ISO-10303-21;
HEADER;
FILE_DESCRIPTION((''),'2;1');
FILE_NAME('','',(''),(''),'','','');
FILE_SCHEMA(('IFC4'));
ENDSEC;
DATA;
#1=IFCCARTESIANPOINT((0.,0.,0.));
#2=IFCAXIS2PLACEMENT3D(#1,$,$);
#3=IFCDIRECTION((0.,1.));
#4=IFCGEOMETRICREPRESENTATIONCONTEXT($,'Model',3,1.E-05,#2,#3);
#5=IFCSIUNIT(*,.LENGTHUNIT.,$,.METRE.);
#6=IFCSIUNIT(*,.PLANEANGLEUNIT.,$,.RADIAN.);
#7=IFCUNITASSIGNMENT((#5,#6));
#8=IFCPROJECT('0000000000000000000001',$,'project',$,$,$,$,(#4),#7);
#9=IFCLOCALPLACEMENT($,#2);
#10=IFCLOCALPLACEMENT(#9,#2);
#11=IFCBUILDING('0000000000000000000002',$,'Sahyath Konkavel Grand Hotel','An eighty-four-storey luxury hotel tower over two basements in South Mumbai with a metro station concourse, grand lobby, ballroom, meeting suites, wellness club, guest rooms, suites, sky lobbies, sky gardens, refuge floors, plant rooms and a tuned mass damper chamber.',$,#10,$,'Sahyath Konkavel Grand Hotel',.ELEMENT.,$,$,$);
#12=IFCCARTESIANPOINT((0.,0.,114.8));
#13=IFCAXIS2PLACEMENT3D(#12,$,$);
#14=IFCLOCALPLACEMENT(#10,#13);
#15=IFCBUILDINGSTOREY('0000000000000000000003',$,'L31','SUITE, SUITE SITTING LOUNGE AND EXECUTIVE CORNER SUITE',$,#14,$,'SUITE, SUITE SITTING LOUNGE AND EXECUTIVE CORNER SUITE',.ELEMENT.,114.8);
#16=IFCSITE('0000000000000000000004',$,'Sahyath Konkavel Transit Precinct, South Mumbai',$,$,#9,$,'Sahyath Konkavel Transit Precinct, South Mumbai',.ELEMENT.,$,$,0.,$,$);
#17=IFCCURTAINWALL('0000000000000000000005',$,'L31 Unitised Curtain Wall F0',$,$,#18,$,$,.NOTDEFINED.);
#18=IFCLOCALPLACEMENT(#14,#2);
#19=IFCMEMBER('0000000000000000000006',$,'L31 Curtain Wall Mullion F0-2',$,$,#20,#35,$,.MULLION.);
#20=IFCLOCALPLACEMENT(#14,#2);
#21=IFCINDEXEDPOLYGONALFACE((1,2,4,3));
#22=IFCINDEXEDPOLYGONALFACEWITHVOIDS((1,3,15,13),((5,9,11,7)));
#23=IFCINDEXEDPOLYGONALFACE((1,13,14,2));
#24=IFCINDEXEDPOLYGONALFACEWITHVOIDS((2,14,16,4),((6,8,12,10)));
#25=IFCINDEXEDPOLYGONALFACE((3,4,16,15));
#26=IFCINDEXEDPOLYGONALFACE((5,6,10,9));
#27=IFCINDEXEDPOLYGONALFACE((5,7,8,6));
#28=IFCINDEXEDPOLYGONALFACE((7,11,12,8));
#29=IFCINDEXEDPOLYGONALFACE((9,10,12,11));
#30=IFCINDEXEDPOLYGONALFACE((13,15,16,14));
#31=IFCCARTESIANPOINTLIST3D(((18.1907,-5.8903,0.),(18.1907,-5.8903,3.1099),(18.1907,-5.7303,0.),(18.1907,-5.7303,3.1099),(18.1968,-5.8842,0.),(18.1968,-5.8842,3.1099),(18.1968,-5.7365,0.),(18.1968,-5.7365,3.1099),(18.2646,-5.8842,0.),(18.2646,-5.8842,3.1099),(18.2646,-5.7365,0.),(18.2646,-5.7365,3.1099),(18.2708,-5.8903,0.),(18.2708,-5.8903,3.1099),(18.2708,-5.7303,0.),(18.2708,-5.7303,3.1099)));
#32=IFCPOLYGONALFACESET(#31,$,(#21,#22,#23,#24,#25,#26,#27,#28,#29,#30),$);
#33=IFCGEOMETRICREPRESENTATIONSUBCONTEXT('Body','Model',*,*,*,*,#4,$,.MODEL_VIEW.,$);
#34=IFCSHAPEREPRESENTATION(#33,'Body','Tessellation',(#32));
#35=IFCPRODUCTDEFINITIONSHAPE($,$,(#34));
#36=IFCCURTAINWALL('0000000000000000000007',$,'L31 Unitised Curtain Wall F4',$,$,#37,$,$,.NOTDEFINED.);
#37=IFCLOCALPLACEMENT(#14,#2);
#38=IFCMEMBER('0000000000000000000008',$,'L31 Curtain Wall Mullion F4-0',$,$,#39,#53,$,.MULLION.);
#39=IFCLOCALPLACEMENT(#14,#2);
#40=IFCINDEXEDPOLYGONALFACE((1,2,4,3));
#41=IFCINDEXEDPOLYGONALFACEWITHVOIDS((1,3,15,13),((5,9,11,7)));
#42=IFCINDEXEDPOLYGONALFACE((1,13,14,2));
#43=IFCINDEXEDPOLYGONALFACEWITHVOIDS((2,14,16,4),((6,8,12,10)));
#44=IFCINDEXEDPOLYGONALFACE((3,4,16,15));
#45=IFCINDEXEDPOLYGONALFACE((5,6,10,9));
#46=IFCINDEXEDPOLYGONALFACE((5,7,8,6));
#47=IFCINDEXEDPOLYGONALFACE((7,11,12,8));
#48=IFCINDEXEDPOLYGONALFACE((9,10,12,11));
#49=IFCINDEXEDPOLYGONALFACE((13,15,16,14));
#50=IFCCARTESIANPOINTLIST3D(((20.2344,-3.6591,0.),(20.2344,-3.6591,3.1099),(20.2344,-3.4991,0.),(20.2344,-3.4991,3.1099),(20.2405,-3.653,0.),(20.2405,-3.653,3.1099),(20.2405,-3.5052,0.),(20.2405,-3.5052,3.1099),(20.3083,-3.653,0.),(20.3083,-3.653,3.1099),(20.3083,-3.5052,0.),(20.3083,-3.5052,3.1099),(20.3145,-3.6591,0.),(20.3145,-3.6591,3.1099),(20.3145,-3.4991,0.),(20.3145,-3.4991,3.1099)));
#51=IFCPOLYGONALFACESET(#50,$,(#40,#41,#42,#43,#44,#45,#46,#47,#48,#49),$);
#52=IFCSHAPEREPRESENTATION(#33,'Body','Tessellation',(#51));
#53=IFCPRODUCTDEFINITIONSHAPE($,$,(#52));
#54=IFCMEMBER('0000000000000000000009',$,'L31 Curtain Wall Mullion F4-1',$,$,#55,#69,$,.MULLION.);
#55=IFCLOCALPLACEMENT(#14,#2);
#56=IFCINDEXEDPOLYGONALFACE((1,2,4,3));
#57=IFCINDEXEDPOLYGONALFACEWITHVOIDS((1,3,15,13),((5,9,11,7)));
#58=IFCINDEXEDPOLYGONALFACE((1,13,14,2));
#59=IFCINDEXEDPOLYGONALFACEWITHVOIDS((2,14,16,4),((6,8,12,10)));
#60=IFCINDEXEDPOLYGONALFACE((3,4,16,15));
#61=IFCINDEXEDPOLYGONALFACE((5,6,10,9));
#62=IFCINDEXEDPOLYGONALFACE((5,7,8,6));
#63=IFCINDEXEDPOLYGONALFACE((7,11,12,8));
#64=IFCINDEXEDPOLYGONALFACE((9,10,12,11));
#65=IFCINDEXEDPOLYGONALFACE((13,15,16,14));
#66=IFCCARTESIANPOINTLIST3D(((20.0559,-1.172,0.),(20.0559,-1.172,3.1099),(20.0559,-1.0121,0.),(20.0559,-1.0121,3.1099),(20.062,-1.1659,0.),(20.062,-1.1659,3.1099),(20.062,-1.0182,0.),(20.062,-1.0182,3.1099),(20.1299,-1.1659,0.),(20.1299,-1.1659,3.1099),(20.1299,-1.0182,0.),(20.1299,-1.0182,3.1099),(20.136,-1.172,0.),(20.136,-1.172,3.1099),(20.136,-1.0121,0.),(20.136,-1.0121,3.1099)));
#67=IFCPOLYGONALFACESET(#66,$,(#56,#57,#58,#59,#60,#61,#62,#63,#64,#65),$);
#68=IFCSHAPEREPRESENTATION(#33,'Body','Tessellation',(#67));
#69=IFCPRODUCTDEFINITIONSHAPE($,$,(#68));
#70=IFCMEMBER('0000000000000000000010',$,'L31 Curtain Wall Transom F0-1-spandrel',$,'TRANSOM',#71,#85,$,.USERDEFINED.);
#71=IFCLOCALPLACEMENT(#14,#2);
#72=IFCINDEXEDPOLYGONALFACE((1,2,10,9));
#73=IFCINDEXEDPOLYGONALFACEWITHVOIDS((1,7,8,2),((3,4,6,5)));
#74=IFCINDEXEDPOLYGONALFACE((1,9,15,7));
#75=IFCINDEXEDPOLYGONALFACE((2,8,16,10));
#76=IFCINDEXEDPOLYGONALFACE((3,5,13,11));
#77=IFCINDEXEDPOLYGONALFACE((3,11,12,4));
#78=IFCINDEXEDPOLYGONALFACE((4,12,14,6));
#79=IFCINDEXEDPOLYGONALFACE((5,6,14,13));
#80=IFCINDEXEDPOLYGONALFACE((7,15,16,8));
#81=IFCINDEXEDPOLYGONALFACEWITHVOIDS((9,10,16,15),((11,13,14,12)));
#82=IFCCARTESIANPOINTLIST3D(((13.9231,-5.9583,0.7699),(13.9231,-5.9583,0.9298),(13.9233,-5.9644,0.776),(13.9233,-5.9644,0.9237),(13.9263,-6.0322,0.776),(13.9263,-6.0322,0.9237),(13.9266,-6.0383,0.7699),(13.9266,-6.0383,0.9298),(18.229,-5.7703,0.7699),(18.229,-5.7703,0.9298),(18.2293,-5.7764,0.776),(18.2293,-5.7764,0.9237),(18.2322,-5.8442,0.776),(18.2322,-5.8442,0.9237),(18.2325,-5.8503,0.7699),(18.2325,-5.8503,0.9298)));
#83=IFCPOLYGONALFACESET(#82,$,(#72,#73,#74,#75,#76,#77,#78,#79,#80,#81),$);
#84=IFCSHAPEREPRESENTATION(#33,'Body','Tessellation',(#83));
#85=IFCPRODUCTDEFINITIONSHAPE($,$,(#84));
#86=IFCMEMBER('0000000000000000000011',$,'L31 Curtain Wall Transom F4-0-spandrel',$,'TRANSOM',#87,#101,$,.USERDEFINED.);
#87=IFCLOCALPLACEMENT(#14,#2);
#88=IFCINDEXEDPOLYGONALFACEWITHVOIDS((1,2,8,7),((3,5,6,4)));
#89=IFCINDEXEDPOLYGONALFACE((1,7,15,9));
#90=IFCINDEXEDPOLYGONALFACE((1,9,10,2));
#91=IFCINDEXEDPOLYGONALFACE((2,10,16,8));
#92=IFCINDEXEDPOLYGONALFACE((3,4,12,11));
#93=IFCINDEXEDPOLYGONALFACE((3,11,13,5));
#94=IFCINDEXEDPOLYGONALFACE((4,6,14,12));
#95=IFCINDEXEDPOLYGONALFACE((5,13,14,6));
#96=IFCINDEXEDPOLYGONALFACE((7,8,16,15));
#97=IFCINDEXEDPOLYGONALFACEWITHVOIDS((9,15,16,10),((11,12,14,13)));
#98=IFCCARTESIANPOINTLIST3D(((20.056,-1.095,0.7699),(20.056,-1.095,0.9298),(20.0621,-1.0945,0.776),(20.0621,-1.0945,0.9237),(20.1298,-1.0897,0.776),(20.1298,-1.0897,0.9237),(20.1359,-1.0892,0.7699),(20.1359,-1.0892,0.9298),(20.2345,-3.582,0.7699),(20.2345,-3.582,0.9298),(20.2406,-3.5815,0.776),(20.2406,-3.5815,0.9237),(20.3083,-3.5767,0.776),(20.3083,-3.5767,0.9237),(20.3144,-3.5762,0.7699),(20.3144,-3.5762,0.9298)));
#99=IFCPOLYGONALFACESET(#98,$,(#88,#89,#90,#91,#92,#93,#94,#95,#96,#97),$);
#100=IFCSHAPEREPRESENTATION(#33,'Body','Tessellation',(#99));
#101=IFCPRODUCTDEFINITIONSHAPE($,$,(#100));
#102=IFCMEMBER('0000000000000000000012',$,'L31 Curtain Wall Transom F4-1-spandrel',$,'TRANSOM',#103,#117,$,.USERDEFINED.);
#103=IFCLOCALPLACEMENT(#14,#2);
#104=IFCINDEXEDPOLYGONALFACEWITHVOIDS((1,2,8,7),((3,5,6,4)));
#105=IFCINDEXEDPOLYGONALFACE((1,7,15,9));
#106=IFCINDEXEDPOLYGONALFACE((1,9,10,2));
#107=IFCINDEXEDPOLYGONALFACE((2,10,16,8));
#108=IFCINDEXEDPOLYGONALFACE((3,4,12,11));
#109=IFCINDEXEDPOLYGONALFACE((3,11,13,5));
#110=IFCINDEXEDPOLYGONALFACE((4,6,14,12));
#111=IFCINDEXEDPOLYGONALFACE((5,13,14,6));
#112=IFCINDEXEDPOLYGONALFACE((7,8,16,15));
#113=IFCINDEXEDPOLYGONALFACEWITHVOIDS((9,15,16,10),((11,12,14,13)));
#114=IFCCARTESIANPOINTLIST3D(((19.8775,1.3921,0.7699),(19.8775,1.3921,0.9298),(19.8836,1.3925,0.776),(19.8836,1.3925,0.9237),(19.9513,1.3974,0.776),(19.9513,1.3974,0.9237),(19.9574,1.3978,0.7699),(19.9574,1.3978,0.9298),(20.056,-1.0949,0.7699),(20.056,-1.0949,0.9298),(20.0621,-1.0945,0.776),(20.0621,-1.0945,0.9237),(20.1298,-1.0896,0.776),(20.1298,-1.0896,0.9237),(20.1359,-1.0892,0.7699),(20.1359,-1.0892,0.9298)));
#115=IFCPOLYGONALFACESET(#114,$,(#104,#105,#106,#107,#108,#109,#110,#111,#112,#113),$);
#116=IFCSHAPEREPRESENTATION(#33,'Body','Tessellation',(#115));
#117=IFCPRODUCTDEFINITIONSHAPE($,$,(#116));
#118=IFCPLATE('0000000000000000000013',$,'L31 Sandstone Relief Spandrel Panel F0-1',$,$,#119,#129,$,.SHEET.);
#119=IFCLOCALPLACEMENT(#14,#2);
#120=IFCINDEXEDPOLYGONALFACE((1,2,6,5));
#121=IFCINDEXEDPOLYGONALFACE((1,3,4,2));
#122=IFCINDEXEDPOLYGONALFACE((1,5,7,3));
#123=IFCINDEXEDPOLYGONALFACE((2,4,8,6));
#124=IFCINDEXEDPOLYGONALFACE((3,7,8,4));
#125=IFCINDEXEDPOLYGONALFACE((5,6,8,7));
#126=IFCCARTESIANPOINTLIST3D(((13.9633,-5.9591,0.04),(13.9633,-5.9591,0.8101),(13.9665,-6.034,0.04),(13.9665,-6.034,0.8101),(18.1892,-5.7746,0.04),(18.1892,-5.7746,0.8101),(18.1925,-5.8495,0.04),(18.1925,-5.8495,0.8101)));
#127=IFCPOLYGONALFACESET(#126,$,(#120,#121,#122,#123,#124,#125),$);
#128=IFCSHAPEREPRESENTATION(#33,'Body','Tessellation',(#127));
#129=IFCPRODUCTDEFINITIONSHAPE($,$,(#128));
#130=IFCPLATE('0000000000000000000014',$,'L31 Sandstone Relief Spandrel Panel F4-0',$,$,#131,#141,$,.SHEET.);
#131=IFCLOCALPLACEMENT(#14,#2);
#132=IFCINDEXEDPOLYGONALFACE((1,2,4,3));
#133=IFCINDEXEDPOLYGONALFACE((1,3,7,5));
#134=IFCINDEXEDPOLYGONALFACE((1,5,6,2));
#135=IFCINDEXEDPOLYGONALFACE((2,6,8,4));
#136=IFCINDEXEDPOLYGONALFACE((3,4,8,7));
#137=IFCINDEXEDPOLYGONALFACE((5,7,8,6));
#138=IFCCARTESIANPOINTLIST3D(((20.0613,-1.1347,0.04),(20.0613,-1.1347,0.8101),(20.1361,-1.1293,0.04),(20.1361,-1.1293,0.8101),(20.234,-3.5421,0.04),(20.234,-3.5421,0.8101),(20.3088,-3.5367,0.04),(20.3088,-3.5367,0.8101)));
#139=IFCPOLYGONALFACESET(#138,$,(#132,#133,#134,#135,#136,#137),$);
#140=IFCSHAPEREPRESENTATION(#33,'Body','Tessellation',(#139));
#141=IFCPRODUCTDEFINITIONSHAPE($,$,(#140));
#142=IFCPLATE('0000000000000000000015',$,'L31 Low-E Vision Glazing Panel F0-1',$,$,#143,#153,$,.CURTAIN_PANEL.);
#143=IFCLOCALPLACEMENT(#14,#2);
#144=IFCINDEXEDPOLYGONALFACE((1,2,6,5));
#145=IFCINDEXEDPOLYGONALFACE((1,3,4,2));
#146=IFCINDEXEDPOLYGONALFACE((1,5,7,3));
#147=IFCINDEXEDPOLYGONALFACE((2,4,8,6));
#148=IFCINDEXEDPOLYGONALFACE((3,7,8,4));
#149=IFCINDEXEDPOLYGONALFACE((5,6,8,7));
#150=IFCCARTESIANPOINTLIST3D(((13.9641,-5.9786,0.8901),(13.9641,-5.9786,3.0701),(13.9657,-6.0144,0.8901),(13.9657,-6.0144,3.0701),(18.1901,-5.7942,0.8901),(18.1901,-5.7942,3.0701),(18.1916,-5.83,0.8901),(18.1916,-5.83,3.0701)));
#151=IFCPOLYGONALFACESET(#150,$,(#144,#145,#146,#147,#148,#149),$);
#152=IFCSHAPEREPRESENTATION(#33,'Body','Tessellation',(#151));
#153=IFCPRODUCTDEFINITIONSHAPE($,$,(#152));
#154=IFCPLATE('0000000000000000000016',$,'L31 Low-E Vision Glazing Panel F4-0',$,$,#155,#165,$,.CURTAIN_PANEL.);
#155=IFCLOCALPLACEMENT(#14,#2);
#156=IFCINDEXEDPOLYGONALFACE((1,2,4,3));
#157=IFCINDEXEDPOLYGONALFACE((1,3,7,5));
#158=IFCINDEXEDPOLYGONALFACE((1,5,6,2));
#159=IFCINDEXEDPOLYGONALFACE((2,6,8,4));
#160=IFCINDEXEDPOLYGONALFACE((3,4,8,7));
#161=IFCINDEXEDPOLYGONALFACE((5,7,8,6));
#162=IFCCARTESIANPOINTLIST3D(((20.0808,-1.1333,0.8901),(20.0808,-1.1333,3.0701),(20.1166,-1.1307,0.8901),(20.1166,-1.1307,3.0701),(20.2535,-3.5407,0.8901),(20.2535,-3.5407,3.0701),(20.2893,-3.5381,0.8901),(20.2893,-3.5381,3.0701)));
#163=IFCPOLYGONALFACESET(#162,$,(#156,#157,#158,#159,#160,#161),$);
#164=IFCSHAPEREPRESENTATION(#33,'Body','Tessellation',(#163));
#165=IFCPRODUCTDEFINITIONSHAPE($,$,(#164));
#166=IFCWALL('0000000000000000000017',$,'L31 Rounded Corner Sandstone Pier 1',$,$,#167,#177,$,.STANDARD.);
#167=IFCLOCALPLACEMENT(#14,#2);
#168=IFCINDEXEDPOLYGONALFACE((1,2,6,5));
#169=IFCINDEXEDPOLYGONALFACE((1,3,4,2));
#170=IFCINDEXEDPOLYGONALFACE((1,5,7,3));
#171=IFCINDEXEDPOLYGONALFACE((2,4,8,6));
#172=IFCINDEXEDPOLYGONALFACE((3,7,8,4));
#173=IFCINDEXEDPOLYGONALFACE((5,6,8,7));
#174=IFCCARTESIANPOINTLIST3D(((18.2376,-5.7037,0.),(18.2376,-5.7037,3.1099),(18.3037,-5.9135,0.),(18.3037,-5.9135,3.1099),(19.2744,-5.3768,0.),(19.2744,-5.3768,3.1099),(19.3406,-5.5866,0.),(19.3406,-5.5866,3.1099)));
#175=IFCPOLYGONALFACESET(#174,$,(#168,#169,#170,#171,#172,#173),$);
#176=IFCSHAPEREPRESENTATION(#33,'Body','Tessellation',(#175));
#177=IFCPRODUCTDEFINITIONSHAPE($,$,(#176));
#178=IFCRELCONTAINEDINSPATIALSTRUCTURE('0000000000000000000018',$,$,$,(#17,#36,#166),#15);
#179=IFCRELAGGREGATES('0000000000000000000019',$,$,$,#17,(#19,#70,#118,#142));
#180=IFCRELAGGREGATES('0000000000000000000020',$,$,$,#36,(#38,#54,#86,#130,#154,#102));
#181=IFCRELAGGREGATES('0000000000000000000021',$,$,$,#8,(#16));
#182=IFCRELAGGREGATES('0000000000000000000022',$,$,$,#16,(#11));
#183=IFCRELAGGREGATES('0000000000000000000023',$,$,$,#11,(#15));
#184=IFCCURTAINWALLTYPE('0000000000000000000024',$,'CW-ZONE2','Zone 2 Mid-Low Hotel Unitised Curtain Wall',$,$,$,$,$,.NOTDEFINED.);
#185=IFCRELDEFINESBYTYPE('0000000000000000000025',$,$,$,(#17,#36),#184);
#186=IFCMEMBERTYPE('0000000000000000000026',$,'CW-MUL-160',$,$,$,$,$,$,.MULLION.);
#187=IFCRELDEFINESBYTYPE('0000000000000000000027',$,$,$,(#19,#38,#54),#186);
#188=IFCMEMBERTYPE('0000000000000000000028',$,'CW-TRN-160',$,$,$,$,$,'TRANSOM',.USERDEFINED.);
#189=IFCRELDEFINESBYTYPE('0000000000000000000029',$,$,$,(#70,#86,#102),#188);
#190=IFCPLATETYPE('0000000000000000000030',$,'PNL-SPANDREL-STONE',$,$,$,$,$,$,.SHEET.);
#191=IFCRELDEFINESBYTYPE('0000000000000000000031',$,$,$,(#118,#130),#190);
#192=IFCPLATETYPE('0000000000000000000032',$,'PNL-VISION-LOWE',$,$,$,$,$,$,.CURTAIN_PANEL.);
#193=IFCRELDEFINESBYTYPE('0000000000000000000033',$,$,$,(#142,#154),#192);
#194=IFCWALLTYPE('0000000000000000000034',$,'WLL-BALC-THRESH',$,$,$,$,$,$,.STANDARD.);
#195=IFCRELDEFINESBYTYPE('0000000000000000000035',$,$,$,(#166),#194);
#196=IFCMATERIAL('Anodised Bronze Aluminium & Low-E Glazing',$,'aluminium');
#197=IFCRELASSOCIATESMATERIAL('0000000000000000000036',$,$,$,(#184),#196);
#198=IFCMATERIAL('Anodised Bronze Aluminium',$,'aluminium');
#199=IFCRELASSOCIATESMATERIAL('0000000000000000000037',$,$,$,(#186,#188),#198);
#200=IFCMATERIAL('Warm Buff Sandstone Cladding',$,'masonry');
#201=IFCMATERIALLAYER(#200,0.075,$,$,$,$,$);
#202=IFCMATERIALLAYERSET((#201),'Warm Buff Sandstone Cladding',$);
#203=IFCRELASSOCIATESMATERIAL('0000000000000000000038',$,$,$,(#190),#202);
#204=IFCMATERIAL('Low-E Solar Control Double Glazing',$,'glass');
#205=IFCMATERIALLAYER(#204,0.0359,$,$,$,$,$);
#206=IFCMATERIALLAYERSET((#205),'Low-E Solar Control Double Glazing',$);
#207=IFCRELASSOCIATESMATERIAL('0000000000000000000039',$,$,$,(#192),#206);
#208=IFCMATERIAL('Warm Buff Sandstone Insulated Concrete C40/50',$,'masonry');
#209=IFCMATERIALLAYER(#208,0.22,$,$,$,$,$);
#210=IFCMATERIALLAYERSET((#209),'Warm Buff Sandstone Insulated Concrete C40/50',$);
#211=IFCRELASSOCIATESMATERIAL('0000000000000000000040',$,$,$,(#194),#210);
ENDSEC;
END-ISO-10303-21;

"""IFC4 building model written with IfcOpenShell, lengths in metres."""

from ifc_helpers import new_model, si_unit, direction, frame, frame_2d, origin, origin_2d, place, context, subcontext, project, spatial, rectangle, hollow_rectangle, extrude, source, transform, mapped, material, layer, layer_set, material_profile, profile_set, type_object, element, aggregate, save


model = new_model("IFC4")

# Units and contexts
model_context = context("Model", 3, precision=1e-05, world=origin(), true_north=direction((0.0, 1.0)))
body_context = subcontext(model_context, "Body", "Model", "MODEL_VIEW")
ifc_project = project(units=[si_unit("LENGTHUNIT", "METRE"), si_unit("PLANEANGLEUNIT", "RADIAN")], contexts=[model_context])

# Site, building, storey
site_placement = place(None, origin())
site = spatial("IfcSite", under=ifc_project, at=site_placement, Name="Sahyath Konkavel Transit Precinct, South Mumbai", LongName="Sahyath Konkavel Transit Precinct, South Mumbai", CompositionType="ELEMENT", RefElevation=0.0)
building_placement = place(site_placement, origin())
building = spatial("IfcBuilding", under=site, at=building_placement, Name="Sahyath Konkavel Grand Hotel", Description="An eighty-four-storey luxury hotel tower over two basements in South Mumbai with a metro station concourse, grand lobby, ballroom, meeting suites, wellness club, guest rooms, suites, sky lobbies, sky gardens, refuge floors, plant rooms and a tuned mass damper chamber.", LongName="Sahyath Konkavel Grand Hotel", CompositionType="ELEMENT")
storey_placement = place(building_placement, frame((0.0, 0.0, 114.8)))
storey = spatial("IfcBuildingStorey", under=building, at=storey_placement, Name="L31", Description="SUITE, SUITE SITTING LOUNGE AND EXECUTIVE CORNER SUITE", LongName="SUITE, SUITE SITTING LOUNGE AND EXECUTIVE CORNER SUITE", CompositionType="ELEMENT", Elevation=114.8)

# Curtain walls, members
ifc_material_1 = material(Name="Anodised Bronze Aluminium & Low-E Glazing", Category="aluminium")
curtain_wall_type = type_object("IfcCurtainWallType", Name="CW-ZONE2", Description="Zone 2 Mid-Low Hotel Unitised Curtain Wall", PredefinedType="NOTDEFINED", material=ifc_material_1)
curtain_wall_1_placement = place(storey_placement, origin())
curtain_wall_1 = element("IfcCurtainWall", 1, at=curtain_wall_1_placement, inside=storey, type_object=curtain_wall_type, Name="L31 Unitised Curtain Wall F0", PredefinedType="NOTDEFINED")
ifc_material_2 = material(Name="Anodised Bronze Aluminium", Category="aluminium")
ifc_material_profile_1 = material_profile(ifc_material_2, hollow_rectangle(XDim=0.0801, YDim=0.1599, WallThickness=0.0061, at=origin_2d()), Name="RHS 160x80x6")
ifc_profile_set_1 = profile_set([ifc_material_profile_1], Name="Anodised Bronze Aluminium")
member_type_1 = type_object("IfcMemberType", Name="CW-MUL-160", PredefinedType="MULLION", material=ifc_profile_set_1)
shared_shape_1 = source(origin(), body_context, "Body", "SweptSolid", [
    extrude(hollow_rectangle(XDim=0.0801, YDim=0.1599, WallThickness=0.0061, at=origin_2d()), origin(), (0.0, 0.0, 1.0), 3.1099),
])
member_1_placement = place(storey_placement, frame((18.2307, -5.8103, 0.0), z_axis=(0.0, 0.0, 1.0), x_axis=(1.0, 0.0, 0.0)))
member_1 = element("IfcMember", 2, at=member_1_placement, type_object=member_type_1, Name="L31 Curtain Wall Mullion F0-2", PredefinedType="MULLION", context=body_context, shape_type="MappedRepresentation", body=[
    mapped(shared_shape_1, transform((0.0, 0.0, 0.0), scale=1.0)),
])
curtain_wall_2_placement = place(storey_placement, origin())
curtain_wall_2 = element("IfcCurtainWall", 3, at=curtain_wall_2_placement, inside=storey, type_object=curtain_wall_type, Name="L31 Unitised Curtain Wall F4", PredefinedType="NOTDEFINED")
member_2_placement = place(storey_placement, frame((20.2744, -3.5791, 0.0), z_axis=(0.0, 0.0, 1.0), x_axis=(1.0, 0.0, 0.0)))
member_2 = element("IfcMember", 4, at=member_2_placement, type_object=member_type_1, Name="L31 Curtain Wall Mullion F4-0", PredefinedType="MULLION", context=body_context, shape_type="MappedRepresentation", body=[
    mapped(shared_shape_1, transform((0.0, 0.0, 0.0), scale=1.0)),
])
member_3_placement = place(storey_placement, frame((20.0959, -1.092, 0.0), z_axis=(0.0, 0.0, 1.0), x_axis=(1.0, 0.0, 0.0)))
member_3 = element("IfcMember", 5, at=member_3_placement, type_object=member_type_1, Name="L31 Curtain Wall Mullion F4-1", PredefinedType="MULLION", context=body_context, shape_type="MappedRepresentation", body=[
    mapped(shared_shape_1, transform((0.0, 0.0, 0.0), scale=1.0)),
])

# Members
ifc_material_profile_2 = material_profile(ifc_material_2, hollow_rectangle(XDim=0.0801, YDim=0.1599, WallThickness=0.0061, at=origin_2d()), Name="RHS 160x80x6")
ifc_profile_set_2 = profile_set([ifc_material_profile_2], Name="Anodised Bronze Aluminium")
member_type_2 = type_object("IfcMemberType", Name="CW-TRN-160", ElementType="TRANSOM", PredefinedType="USERDEFINED", material=ifc_profile_set_2)
shared_shape_2 = source(origin(), body_context, "Body", "SweptSolid", [
    extrude(hollow_rectangle(XDim=0.0801, YDim=0.1599, WallThickness=0.0061, at=origin_2d()), origin(), (0.0, 0.0, 1.0), 4.3101),
])
member_4_placement = place(storey_placement, frame((13.9248, -5.9983, 0.8499), z_axis=(0.999048, 0.043617, 0.0), x_axis=(-0.043617, 0.999048, 0.0)))
member_4 = element("IfcMember", 6, at=member_4_placement, type_object=member_type_2, Name="L31 Curtain Wall Transom F0-1-spandrel", ObjectType="TRANSOM", PredefinedType="USERDEFINED", context=body_context, shape_type="MappedRepresentation", body=[
    mapped(shared_shape_2, transform((0.0, 0.0, 0.0), scale=1.0)),
])
shared_shape_3 = source(origin(), body_context, "Body", "SweptSolid", [
    extrude(hollow_rectangle(XDim=0.0801, YDim=0.1599, WallThickness=0.0061, at=origin_2d()), origin(), (0.0, 0.0, 1.0), 2.4934),
])
member_5_placement = place(storey_placement, frame((20.2744, -3.5791, 0.8499), z_axis=(-0.071574, 0.997435, 0.0), x_axis=(-0.997435, -0.071574, 0.0)))
member_5 = element("IfcMember", 7, at=member_5_placement, type_object=member_type_2, Name="L31 Curtain Wall Transom F4-0-spandrel", ObjectType="TRANSOM", PredefinedType="USERDEFINED", context=body_context, shape_type="MappedRepresentation", body=[
    mapped(shared_shape_3, transform((0.0, 0.0, 0.0), scale=1.0)),
])
member_6_placement = place(storey_placement, frame((20.0959, -1.092, 0.8499), z_axis=(-0.071574, 0.997435, 0.0), x_axis=(-0.997435, -0.071574, 0.0)))
member_6 = element("IfcMember", 8, at=member_6_placement, type_object=member_type_2, Name="L31 Curtain Wall Transom F4-1-spandrel", ObjectType="TRANSOM", PredefinedType="USERDEFINED", context=body_context, shape_type="MappedRepresentation", body=[
    mapped(shared_shape_3, transform((0.0, 0.0, 0.0), scale=1.0)),
])

# Plates
ifc_material_3 = material(Name="Warm Buff Sandstone Cladding", Category="masonry")
ifc_layer_1 = layer(ifc_material_3, 0.075)
ifc_layer_set_1 = layer_set([ifc_layer_1], Name="Warm Buff Sandstone Cladding")
plate_type_1 = type_object("IfcPlateType", Name="PNL-SPANDREL-STONE", PredefinedType="SHEET", material=ifc_layer_set_1)
shared_shape_4 = source(origin(), body_context, "Body", "SweptSolid", [
    extrude(rectangle(XDim=4.23, YDim=0.075, at=origin_2d()), origin(), (0.0, 0.0, 1.0), 0.77),
])
plate_1_placement = place(storey_placement, frame((16.0779, -5.9043, 0.04), z_axis=(0.0, 0.0, 1.0), x_axis=(0.999049, 0.043602, 0.0)))
plate_1 = element("IfcPlate", 9, at=plate_1_placement, type_object=plate_type_1, Name="L31 Sandstone Relief Spandrel Panel F0-1", PredefinedType="SHEET", context=body_context, shape_type="MappedRepresentation", body=[
    mapped(shared_shape_4, transform((0.0, 0.0, 0.0), scale=1.0)),
])
shared_shape_5 = source(origin(), body_context, "Body", "SweptSolid", [
    extrude(rectangle(XDim=2.4136, YDim=0.075, at=origin_2d()), origin(), (0.0, 0.0, 1.0), 0.77),
])
plate_2_placement = place(storey_placement, frame((20.1851, -2.3357, 0.04), z_axis=(0.0, 0.0, 1.0), x_axis=(-0.071567, 0.997436, 0.0)))
plate_2 = element("IfcPlate", 10, at=plate_2_placement, type_object=plate_type_1, Name="L31 Sandstone Relief Spandrel Panel F4-0", PredefinedType="SHEET", context=body_context, shape_type="MappedRepresentation", body=[
    mapped(shared_shape_5, transform((0.0, 0.0, 0.0), scale=1.0)),
])
ifc_material_4 = material(Name="Low-E Solar Control Double Glazing", Category="glass")
ifc_layer_2 = layer(ifc_material_4, 0.0359)
ifc_layer_set_2 = layer_set([ifc_layer_2], Name="Low-E Solar Control Double Glazing")
plate_type_2 = type_object("IfcPlateType", Name="PNL-VISION-LOWE", PredefinedType="CURTAIN_PANEL", material=ifc_layer_set_2)
shared_shape_6 = source(origin(), body_context, "Body", "SweptSolid", [
    extrude(rectangle(XDim=4.23, YDim=0.0359, at=origin_2d()), origin(), (0.0, 0.0, 1.0), 2.1799),
])
plate_3_placement = place(storey_placement, frame((16.0779, -5.9043, 0.8901), z_axis=(0.0, 0.0, 1.0), x_axis=(0.999049, 0.043602, 0.0)))
plate_3 = element("IfcPlate", 11, at=plate_3_placement, type_object=plate_type_2, Name="L31 Low-E Vision Glazing Panel F0-1", PredefinedType="CURTAIN_PANEL", context=body_context, shape_type="MappedRepresentation", body=[
    mapped(shared_shape_6, transform((0.0, 0.0, 0.0), scale=1.0)),
])
aggregate(curtain_wall_1, [member_1, member_4, plate_1, plate_3])
shared_shape_7 = source(origin(), body_context, "Body", "SweptSolid", [
    extrude(rectangle(XDim=2.4136, YDim=0.0359, at=origin_2d()), origin(), (0.0, 0.0, 1.0), 2.1799),
])
plate_4_placement = place(storey_placement, frame((20.1851, -2.3357, 0.8901), z_axis=(0.0, 0.0, 1.0), x_axis=(-0.071567, 0.997436, 0.0)))
plate_4 = element("IfcPlate", 12, at=plate_4_placement, type_object=plate_type_2, Name="L31 Low-E Vision Glazing Panel F4-0", PredefinedType="CURTAIN_PANEL", context=body_context, shape_type="MappedRepresentation", body=[
    mapped(shared_shape_7, transform((0.0, 0.0, 0.0), scale=1.0)),
])
aggregate(curtain_wall_2, [member_2, member_3, member_5, plate_2, plate_4, member_6])

# Wall
ifc_material_5 = material(Name="Warm Buff Sandstone Insulated Concrete C40/50", Category="masonry")
ifc_layer_3 = layer(ifc_material_5, 0.22)
ifc_layer_set_3 = layer_set([ifc_layer_3], Name="Warm Buff Sandstone Insulated Concrete C40/50")
wall_type_1 = type_object("IfcWallType", Name="WLL-BALC-THRESH", PredefinedType="STANDARD", material=ifc_layer_set_3)
for number, where, z_axis, x_axis, name in (
    (13, (18.2708, -5.8086, 0.0), (0.0, 0.0, 1.0), (0.953722, 0.300691, 0.0), "L31 Rounded Corner Sandstone Pier 1"),
):
    element("IfcWall", number, at=place(storey_placement, frame(where, z_axis=z_axis, x_axis=x_axis)), inside=storey, type_object=wall_type_1, Name=name, PredefinedType="STANDARD", context=body_context, shape_type="SweptSolid", body=[
        extrude(rectangle(XDim=1.0872, YDim=0.22, at=frame_2d((0.5435, 0.0))), origin(), (0.0, 0.0, 1.0), 3.1099),
    ])

save(model, "model.ifc")
